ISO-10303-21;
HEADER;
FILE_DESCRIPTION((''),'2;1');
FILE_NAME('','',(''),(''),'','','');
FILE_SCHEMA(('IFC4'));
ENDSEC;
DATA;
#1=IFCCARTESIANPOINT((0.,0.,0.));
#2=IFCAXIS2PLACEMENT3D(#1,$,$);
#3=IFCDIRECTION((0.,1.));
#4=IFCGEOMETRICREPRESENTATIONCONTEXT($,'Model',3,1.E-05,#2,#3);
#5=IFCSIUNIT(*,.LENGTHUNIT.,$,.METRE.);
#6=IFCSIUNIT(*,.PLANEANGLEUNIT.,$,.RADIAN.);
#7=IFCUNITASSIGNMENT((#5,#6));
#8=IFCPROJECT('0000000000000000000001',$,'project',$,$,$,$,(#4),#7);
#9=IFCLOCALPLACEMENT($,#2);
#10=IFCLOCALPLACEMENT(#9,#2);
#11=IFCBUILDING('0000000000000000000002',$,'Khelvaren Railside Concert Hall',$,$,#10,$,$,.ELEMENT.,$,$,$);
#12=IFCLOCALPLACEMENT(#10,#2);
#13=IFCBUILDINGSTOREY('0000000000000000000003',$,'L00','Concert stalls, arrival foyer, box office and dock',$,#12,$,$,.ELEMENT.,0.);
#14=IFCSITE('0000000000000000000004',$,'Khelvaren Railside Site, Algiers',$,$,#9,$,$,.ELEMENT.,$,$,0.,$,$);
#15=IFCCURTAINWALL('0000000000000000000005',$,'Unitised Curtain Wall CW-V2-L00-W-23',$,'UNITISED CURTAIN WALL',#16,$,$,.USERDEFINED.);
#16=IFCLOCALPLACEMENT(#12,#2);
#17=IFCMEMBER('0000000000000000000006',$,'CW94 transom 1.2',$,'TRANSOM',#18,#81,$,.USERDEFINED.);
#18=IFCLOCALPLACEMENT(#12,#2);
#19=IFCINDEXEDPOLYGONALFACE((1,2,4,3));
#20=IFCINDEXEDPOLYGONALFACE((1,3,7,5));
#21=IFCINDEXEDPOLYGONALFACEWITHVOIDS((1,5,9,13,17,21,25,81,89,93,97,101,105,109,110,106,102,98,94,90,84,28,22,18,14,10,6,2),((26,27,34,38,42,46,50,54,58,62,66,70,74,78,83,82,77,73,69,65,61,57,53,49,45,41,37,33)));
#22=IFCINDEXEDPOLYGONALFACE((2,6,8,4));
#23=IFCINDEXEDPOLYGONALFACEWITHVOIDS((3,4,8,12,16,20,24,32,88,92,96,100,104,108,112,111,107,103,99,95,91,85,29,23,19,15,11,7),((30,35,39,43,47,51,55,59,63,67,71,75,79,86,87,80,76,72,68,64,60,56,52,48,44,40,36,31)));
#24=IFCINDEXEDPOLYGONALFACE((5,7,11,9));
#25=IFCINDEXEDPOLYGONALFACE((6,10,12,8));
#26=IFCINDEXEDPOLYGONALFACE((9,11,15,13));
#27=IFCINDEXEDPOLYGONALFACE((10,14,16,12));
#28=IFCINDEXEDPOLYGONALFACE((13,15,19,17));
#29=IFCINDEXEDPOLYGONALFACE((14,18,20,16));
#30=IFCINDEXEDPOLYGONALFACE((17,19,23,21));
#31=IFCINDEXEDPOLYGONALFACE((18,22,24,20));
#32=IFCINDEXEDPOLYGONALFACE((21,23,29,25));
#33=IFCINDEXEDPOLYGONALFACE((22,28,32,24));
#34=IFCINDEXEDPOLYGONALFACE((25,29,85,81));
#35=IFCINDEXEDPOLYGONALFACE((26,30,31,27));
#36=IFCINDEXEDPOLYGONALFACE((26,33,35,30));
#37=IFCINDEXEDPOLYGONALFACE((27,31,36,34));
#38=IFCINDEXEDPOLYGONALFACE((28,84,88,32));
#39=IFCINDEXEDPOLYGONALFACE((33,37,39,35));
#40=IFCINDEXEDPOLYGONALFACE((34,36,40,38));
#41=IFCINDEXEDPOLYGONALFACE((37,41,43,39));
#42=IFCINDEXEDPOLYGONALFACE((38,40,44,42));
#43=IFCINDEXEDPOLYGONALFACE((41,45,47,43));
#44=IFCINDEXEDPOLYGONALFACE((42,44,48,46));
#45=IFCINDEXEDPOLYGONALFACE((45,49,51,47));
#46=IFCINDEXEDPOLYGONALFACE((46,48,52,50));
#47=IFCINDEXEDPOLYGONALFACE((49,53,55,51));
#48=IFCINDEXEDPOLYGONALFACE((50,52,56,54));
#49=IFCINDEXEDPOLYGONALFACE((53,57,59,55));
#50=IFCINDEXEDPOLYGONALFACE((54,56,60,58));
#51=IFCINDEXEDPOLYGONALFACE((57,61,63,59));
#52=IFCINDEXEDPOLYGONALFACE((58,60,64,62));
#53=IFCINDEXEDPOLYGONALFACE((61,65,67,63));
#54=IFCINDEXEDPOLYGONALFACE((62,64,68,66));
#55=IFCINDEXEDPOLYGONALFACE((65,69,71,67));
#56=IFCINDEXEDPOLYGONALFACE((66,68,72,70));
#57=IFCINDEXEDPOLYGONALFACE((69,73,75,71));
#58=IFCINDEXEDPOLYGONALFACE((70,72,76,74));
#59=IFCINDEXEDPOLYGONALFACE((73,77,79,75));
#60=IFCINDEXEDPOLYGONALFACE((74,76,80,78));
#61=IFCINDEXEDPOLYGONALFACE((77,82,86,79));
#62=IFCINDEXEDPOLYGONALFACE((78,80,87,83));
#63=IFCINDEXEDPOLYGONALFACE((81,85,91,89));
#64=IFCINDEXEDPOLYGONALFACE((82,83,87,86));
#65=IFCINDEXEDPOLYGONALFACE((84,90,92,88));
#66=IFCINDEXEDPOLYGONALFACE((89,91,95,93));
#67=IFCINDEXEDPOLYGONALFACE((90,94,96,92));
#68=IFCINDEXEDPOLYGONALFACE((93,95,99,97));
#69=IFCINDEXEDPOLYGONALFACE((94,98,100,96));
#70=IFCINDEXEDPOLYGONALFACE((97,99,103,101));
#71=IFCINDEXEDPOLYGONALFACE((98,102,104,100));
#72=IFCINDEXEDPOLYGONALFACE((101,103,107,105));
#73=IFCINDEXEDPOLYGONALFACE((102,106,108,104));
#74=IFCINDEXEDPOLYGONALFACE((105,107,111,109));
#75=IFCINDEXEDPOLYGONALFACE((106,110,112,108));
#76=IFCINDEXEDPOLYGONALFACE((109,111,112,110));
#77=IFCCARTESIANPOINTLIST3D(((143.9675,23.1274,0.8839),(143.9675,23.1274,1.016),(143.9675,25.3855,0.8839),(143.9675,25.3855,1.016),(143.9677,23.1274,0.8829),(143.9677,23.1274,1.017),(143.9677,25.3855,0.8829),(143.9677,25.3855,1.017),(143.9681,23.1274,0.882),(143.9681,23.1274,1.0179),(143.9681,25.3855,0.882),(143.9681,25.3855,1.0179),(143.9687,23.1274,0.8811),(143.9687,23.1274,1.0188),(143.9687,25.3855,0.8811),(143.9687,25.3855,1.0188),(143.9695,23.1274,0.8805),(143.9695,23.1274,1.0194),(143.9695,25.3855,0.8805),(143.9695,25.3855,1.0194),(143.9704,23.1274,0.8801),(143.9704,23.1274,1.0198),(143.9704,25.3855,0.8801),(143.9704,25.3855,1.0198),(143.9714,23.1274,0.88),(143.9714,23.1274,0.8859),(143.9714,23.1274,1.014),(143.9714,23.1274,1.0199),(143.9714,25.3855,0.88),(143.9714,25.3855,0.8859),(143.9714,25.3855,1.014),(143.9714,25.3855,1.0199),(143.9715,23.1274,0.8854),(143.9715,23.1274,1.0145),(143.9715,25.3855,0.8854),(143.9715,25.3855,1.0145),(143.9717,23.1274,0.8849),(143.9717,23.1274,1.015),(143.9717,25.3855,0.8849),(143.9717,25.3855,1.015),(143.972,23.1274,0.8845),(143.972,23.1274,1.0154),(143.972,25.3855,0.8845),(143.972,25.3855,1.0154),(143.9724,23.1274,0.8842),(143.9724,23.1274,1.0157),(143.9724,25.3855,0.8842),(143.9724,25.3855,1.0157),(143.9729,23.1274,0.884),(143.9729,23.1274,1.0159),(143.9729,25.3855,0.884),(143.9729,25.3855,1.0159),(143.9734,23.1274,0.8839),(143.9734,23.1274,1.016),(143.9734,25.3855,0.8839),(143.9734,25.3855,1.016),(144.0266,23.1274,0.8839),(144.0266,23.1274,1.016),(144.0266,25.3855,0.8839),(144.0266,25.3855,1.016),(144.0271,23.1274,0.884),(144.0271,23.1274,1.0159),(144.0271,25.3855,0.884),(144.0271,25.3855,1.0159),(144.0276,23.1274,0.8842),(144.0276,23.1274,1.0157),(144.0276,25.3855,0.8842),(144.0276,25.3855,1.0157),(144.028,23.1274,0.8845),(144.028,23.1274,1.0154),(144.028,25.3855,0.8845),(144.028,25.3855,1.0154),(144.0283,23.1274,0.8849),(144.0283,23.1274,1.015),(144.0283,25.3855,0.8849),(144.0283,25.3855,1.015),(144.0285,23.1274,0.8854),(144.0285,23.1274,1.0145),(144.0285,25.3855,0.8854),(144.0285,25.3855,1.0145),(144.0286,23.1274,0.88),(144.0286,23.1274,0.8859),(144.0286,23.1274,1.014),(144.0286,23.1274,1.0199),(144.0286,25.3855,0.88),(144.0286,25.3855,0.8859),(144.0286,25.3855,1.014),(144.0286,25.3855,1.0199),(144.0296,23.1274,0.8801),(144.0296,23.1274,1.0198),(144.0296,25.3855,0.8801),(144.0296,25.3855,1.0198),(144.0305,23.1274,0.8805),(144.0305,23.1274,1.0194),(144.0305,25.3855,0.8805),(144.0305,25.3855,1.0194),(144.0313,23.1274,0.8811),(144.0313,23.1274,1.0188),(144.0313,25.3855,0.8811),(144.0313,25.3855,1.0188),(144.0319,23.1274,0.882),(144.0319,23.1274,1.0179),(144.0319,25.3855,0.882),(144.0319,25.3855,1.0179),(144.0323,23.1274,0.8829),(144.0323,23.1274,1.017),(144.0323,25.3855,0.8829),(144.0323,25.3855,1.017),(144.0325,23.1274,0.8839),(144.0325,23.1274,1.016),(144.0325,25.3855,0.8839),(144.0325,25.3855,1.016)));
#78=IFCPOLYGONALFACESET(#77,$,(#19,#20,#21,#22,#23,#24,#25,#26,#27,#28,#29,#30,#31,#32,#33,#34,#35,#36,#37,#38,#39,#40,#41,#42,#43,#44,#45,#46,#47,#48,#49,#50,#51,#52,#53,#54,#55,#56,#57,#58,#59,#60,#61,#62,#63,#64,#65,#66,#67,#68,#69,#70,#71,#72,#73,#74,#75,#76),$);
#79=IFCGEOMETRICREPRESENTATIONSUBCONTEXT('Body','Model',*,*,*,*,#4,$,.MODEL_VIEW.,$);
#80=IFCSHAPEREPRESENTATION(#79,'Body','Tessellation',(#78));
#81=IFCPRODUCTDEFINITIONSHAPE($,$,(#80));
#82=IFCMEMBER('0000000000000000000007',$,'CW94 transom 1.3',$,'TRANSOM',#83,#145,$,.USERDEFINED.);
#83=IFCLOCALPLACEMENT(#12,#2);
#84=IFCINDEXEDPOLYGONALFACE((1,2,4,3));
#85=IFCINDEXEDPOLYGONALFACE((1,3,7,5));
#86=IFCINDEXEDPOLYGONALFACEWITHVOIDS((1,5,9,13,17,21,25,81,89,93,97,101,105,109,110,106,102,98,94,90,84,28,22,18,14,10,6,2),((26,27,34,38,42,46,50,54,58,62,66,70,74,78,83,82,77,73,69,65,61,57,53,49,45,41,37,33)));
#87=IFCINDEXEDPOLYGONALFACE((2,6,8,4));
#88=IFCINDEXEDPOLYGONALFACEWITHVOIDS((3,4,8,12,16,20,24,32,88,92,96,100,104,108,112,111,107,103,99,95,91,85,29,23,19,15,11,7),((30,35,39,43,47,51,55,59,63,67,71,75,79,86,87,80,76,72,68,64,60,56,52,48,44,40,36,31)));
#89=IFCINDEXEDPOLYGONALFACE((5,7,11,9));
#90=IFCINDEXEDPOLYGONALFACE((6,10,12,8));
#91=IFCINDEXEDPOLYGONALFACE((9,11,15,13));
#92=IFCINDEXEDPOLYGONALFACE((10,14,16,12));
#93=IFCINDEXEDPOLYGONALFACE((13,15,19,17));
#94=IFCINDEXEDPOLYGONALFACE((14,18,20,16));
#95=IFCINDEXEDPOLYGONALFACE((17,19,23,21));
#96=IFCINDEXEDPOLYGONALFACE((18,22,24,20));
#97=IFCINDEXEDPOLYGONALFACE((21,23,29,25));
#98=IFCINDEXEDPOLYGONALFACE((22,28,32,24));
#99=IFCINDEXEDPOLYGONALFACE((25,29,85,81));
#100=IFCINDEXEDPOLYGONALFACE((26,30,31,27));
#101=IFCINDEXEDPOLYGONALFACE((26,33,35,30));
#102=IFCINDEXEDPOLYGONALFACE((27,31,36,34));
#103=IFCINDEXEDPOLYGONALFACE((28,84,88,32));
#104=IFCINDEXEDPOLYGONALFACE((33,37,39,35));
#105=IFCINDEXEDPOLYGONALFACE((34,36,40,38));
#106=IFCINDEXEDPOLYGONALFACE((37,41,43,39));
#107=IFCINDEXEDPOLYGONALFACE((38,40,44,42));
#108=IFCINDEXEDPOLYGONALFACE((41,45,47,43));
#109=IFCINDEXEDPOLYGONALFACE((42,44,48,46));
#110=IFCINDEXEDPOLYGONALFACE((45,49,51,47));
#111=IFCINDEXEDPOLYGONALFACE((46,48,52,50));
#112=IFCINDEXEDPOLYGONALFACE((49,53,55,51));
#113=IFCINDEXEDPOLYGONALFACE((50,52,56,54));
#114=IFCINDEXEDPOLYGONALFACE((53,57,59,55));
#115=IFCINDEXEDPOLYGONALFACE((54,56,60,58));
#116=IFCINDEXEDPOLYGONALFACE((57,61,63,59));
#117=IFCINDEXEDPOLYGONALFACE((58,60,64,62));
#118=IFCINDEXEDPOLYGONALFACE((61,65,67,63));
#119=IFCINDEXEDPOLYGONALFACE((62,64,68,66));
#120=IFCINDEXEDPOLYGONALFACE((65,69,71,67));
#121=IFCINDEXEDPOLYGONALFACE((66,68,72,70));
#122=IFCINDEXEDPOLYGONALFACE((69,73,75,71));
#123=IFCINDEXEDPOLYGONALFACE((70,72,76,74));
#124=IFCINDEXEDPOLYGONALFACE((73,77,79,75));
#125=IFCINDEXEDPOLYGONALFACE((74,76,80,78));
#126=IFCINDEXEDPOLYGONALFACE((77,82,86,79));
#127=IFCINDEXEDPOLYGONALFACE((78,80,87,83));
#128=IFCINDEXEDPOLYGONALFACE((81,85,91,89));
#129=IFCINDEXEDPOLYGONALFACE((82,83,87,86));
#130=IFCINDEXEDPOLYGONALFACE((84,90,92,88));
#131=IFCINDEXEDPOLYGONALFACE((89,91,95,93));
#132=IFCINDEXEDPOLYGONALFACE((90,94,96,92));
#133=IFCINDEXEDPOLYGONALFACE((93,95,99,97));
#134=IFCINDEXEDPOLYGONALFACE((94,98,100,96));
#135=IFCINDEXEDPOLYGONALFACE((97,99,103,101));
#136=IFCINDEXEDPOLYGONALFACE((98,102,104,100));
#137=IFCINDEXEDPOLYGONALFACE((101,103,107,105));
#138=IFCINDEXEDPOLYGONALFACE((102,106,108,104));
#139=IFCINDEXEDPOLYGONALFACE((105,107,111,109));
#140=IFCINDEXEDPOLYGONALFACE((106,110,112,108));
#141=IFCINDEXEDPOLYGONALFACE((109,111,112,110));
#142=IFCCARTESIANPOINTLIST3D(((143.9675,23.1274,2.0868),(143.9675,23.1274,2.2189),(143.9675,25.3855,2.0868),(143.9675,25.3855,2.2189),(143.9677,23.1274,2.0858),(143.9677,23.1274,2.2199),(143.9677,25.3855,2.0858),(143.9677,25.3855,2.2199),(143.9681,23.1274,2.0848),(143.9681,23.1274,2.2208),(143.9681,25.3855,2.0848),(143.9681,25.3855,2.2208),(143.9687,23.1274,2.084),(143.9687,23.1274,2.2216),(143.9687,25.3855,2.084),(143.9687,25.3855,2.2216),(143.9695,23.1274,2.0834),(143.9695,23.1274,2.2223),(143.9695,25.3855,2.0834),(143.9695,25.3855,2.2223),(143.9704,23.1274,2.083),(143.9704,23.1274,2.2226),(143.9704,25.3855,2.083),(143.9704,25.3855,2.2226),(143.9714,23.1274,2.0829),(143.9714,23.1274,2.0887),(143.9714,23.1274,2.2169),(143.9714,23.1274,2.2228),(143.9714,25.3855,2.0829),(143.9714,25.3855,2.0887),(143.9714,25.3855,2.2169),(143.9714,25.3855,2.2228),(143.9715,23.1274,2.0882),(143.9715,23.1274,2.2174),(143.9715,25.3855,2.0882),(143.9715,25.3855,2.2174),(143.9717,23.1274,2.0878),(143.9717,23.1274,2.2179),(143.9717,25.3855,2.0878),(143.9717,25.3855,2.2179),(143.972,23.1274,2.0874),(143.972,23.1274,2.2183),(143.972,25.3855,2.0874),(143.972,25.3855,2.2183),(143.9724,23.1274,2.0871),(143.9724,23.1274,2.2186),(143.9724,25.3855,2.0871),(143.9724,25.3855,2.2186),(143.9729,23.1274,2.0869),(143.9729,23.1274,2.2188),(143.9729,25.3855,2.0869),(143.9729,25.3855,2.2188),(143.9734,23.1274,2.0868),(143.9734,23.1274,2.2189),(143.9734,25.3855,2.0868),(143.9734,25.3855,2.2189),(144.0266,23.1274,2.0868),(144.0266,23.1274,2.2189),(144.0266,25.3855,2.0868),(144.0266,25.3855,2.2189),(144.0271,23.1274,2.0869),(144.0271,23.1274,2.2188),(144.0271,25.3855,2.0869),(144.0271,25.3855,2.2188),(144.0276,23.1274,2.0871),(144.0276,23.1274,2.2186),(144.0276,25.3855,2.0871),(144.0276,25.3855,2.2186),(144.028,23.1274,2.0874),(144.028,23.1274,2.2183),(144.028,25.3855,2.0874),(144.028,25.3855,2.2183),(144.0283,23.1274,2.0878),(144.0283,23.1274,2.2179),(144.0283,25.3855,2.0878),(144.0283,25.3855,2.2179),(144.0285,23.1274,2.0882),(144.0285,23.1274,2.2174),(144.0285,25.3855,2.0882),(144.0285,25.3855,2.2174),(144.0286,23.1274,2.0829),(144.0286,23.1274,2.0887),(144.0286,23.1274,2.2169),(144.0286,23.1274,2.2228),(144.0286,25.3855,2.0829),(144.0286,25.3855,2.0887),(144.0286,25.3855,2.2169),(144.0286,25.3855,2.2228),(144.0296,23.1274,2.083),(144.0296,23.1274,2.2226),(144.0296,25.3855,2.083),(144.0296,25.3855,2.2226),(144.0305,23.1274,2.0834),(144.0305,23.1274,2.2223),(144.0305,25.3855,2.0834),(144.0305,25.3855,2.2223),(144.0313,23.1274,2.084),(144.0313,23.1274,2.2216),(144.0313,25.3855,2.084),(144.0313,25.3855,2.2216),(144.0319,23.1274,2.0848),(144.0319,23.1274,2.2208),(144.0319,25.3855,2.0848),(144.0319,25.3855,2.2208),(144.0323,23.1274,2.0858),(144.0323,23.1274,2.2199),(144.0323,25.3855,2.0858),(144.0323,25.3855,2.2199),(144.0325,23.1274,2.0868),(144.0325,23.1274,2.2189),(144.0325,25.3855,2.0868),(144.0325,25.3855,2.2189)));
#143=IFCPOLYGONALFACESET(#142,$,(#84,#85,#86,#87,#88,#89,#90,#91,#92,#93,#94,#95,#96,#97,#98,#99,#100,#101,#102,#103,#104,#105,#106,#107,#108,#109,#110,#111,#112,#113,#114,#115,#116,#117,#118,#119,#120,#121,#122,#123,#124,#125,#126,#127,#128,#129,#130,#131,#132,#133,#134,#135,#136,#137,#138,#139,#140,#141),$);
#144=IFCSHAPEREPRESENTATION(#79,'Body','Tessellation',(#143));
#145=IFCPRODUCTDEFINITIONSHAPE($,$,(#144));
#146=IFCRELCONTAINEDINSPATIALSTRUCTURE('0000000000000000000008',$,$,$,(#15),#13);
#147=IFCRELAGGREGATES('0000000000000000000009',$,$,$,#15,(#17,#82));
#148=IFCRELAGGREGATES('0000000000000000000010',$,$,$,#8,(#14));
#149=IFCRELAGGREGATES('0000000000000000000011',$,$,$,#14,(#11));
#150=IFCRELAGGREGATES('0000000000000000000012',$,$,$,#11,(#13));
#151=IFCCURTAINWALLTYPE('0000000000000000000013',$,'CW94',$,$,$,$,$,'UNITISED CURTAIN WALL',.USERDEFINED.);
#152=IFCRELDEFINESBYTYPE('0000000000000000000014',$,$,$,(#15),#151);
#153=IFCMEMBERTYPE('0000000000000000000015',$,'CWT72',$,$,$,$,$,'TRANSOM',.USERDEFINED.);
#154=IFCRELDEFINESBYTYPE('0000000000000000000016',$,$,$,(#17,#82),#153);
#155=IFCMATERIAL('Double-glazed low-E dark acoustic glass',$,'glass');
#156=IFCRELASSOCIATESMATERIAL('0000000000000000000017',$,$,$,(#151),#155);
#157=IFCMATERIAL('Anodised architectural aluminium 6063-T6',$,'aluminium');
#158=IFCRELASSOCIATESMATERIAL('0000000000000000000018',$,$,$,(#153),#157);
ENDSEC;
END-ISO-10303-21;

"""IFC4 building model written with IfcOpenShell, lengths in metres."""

from ifc_helpers import new_model, si_unit, direction, frame, origin, origin_2d, place, context, subcontext, project, spatial, hollow_rectangle, extrude, material, material_profile, profile_set, type_object, element, aggregate, save


model = new_model("IFC4")

# Units and contexts
model_context = context("Model", 3, precision=1e-05, world=origin(), true_north=direction((0.0, 1.0)))
body_context = subcontext(model_context, "Body", "Model", "MODEL_VIEW")
ifc_project = project(units=[si_unit("LENGTHUNIT", "METRE"), si_unit("PLANEANGLEUNIT", "RADIAN")], contexts=[model_context])

# Site, building, storey
site_placement = place(None, origin())
site = spatial("IfcSite", under=ifc_project, at=site_placement, Name="Khelvaren Railside Site, Algiers", CompositionType="ELEMENT", RefElevation=0.0)
building_placement = place(site_placement, origin())
building = spatial("IfcBuilding", under=site, at=building_placement, Name="Khelvaren Railside Concert Hall", CompositionType="ELEMENT")
storey_placement = place(building_placement, origin())
storey = spatial("IfcBuildingStorey", under=building, at=storey_placement, Name="L00", Description="Concert stalls, arrival foyer, box office and dock", CompositionType="ELEMENT", Elevation=0.0)

# Curtain wall, members
ifc_material_1 = material(Name="Double-glazed low-E dark acoustic glass", Category="glass")
curtain_wall_type = type_object("IfcCurtainWallType", Name="CW94", ElementType="UNITISED CURTAIN WALL", PredefinedType="USERDEFINED", material=ifc_material_1)
curtain_wall_placement = place(storey_placement, origin())
curtain_wall = element("IfcCurtainWall", 1, at=curtain_wall_placement, inside=storey, type_object=curtain_wall_type, Name="Unitised Curtain Wall CW-V2-L00-W-23", ObjectType="UNITISED CURTAIN WALL", PredefinedType="USERDEFINED")
ifc_material_2 = material(Name="Anodised architectural aluminium 6063-T6", Category="aluminium")
ifc_material_profile_1 = material_profile(ifc_material_2, hollow_rectangle(XDim=0.0649, YDim=0.1399, WallThickness=0.0039, InnerFilletRadius=0.002, OuterFilletRadius=0.0039, at=origin_2d()), Name="CWT 65x140x4")
ifc_profile_set_1 = profile_set([ifc_material_profile_1], Name="Anodised architectural aluminium 6063-T6")
member_type_1 = type_object("IfcMemberType", Name="CWT72", ElementType="TRANSOM", PredefinedType="USERDEFINED", material=ifc_profile_set_1)
member_1_placement = place(storey_placement, frame((144.0, 23.1274, 0.95), z_axis=(0.0, 1.0, 0.0), x_axis=(-1.0, 0.0, 0.0)))
member_1 = element("IfcMember", 2, at=member_1_placement, type_object=member_type_1, Name="CW94 transom 1.2", ObjectType="TRANSOM", PredefinedType="USERDEFINED", context=body_context, shape_type="SweptSolid", body=[
    extrude(hollow_rectangle(XDim=0.0649, YDim=0.1399, WallThickness=0.0039, InnerFilletRadius=0.002, OuterFilletRadius=0.0039, at=origin_2d()), origin(), (0.0, 0.0, 1.0), 2.2581),
])
member_2_placement = place(storey_placement, frame((144.0, 23.1274, 2.1528), z_axis=(0.0, 1.0, 0.0), x_axis=(-1.0, 0.0, 0.0)))
member_2 = element("IfcMember", 3, at=member_2_placement, type_object=member_type_1, Name="CW94 transom 1.3", ObjectType="TRANSOM", PredefinedType="USERDEFINED", context=body_context, shape_type="SweptSolid", body=[
    extrude(hollow_rectangle(XDim=0.0649, YDim=0.1399, WallThickness=0.0039, InnerFilletRadius=0.002, OuterFilletRadius=0.0039, at=origin_2d()), origin(), (0.0, 0.0, 1.0), 2.2581),
])

aggregate(curtain_wall, [member_1, member_2])

save(model, "model.ifc")
